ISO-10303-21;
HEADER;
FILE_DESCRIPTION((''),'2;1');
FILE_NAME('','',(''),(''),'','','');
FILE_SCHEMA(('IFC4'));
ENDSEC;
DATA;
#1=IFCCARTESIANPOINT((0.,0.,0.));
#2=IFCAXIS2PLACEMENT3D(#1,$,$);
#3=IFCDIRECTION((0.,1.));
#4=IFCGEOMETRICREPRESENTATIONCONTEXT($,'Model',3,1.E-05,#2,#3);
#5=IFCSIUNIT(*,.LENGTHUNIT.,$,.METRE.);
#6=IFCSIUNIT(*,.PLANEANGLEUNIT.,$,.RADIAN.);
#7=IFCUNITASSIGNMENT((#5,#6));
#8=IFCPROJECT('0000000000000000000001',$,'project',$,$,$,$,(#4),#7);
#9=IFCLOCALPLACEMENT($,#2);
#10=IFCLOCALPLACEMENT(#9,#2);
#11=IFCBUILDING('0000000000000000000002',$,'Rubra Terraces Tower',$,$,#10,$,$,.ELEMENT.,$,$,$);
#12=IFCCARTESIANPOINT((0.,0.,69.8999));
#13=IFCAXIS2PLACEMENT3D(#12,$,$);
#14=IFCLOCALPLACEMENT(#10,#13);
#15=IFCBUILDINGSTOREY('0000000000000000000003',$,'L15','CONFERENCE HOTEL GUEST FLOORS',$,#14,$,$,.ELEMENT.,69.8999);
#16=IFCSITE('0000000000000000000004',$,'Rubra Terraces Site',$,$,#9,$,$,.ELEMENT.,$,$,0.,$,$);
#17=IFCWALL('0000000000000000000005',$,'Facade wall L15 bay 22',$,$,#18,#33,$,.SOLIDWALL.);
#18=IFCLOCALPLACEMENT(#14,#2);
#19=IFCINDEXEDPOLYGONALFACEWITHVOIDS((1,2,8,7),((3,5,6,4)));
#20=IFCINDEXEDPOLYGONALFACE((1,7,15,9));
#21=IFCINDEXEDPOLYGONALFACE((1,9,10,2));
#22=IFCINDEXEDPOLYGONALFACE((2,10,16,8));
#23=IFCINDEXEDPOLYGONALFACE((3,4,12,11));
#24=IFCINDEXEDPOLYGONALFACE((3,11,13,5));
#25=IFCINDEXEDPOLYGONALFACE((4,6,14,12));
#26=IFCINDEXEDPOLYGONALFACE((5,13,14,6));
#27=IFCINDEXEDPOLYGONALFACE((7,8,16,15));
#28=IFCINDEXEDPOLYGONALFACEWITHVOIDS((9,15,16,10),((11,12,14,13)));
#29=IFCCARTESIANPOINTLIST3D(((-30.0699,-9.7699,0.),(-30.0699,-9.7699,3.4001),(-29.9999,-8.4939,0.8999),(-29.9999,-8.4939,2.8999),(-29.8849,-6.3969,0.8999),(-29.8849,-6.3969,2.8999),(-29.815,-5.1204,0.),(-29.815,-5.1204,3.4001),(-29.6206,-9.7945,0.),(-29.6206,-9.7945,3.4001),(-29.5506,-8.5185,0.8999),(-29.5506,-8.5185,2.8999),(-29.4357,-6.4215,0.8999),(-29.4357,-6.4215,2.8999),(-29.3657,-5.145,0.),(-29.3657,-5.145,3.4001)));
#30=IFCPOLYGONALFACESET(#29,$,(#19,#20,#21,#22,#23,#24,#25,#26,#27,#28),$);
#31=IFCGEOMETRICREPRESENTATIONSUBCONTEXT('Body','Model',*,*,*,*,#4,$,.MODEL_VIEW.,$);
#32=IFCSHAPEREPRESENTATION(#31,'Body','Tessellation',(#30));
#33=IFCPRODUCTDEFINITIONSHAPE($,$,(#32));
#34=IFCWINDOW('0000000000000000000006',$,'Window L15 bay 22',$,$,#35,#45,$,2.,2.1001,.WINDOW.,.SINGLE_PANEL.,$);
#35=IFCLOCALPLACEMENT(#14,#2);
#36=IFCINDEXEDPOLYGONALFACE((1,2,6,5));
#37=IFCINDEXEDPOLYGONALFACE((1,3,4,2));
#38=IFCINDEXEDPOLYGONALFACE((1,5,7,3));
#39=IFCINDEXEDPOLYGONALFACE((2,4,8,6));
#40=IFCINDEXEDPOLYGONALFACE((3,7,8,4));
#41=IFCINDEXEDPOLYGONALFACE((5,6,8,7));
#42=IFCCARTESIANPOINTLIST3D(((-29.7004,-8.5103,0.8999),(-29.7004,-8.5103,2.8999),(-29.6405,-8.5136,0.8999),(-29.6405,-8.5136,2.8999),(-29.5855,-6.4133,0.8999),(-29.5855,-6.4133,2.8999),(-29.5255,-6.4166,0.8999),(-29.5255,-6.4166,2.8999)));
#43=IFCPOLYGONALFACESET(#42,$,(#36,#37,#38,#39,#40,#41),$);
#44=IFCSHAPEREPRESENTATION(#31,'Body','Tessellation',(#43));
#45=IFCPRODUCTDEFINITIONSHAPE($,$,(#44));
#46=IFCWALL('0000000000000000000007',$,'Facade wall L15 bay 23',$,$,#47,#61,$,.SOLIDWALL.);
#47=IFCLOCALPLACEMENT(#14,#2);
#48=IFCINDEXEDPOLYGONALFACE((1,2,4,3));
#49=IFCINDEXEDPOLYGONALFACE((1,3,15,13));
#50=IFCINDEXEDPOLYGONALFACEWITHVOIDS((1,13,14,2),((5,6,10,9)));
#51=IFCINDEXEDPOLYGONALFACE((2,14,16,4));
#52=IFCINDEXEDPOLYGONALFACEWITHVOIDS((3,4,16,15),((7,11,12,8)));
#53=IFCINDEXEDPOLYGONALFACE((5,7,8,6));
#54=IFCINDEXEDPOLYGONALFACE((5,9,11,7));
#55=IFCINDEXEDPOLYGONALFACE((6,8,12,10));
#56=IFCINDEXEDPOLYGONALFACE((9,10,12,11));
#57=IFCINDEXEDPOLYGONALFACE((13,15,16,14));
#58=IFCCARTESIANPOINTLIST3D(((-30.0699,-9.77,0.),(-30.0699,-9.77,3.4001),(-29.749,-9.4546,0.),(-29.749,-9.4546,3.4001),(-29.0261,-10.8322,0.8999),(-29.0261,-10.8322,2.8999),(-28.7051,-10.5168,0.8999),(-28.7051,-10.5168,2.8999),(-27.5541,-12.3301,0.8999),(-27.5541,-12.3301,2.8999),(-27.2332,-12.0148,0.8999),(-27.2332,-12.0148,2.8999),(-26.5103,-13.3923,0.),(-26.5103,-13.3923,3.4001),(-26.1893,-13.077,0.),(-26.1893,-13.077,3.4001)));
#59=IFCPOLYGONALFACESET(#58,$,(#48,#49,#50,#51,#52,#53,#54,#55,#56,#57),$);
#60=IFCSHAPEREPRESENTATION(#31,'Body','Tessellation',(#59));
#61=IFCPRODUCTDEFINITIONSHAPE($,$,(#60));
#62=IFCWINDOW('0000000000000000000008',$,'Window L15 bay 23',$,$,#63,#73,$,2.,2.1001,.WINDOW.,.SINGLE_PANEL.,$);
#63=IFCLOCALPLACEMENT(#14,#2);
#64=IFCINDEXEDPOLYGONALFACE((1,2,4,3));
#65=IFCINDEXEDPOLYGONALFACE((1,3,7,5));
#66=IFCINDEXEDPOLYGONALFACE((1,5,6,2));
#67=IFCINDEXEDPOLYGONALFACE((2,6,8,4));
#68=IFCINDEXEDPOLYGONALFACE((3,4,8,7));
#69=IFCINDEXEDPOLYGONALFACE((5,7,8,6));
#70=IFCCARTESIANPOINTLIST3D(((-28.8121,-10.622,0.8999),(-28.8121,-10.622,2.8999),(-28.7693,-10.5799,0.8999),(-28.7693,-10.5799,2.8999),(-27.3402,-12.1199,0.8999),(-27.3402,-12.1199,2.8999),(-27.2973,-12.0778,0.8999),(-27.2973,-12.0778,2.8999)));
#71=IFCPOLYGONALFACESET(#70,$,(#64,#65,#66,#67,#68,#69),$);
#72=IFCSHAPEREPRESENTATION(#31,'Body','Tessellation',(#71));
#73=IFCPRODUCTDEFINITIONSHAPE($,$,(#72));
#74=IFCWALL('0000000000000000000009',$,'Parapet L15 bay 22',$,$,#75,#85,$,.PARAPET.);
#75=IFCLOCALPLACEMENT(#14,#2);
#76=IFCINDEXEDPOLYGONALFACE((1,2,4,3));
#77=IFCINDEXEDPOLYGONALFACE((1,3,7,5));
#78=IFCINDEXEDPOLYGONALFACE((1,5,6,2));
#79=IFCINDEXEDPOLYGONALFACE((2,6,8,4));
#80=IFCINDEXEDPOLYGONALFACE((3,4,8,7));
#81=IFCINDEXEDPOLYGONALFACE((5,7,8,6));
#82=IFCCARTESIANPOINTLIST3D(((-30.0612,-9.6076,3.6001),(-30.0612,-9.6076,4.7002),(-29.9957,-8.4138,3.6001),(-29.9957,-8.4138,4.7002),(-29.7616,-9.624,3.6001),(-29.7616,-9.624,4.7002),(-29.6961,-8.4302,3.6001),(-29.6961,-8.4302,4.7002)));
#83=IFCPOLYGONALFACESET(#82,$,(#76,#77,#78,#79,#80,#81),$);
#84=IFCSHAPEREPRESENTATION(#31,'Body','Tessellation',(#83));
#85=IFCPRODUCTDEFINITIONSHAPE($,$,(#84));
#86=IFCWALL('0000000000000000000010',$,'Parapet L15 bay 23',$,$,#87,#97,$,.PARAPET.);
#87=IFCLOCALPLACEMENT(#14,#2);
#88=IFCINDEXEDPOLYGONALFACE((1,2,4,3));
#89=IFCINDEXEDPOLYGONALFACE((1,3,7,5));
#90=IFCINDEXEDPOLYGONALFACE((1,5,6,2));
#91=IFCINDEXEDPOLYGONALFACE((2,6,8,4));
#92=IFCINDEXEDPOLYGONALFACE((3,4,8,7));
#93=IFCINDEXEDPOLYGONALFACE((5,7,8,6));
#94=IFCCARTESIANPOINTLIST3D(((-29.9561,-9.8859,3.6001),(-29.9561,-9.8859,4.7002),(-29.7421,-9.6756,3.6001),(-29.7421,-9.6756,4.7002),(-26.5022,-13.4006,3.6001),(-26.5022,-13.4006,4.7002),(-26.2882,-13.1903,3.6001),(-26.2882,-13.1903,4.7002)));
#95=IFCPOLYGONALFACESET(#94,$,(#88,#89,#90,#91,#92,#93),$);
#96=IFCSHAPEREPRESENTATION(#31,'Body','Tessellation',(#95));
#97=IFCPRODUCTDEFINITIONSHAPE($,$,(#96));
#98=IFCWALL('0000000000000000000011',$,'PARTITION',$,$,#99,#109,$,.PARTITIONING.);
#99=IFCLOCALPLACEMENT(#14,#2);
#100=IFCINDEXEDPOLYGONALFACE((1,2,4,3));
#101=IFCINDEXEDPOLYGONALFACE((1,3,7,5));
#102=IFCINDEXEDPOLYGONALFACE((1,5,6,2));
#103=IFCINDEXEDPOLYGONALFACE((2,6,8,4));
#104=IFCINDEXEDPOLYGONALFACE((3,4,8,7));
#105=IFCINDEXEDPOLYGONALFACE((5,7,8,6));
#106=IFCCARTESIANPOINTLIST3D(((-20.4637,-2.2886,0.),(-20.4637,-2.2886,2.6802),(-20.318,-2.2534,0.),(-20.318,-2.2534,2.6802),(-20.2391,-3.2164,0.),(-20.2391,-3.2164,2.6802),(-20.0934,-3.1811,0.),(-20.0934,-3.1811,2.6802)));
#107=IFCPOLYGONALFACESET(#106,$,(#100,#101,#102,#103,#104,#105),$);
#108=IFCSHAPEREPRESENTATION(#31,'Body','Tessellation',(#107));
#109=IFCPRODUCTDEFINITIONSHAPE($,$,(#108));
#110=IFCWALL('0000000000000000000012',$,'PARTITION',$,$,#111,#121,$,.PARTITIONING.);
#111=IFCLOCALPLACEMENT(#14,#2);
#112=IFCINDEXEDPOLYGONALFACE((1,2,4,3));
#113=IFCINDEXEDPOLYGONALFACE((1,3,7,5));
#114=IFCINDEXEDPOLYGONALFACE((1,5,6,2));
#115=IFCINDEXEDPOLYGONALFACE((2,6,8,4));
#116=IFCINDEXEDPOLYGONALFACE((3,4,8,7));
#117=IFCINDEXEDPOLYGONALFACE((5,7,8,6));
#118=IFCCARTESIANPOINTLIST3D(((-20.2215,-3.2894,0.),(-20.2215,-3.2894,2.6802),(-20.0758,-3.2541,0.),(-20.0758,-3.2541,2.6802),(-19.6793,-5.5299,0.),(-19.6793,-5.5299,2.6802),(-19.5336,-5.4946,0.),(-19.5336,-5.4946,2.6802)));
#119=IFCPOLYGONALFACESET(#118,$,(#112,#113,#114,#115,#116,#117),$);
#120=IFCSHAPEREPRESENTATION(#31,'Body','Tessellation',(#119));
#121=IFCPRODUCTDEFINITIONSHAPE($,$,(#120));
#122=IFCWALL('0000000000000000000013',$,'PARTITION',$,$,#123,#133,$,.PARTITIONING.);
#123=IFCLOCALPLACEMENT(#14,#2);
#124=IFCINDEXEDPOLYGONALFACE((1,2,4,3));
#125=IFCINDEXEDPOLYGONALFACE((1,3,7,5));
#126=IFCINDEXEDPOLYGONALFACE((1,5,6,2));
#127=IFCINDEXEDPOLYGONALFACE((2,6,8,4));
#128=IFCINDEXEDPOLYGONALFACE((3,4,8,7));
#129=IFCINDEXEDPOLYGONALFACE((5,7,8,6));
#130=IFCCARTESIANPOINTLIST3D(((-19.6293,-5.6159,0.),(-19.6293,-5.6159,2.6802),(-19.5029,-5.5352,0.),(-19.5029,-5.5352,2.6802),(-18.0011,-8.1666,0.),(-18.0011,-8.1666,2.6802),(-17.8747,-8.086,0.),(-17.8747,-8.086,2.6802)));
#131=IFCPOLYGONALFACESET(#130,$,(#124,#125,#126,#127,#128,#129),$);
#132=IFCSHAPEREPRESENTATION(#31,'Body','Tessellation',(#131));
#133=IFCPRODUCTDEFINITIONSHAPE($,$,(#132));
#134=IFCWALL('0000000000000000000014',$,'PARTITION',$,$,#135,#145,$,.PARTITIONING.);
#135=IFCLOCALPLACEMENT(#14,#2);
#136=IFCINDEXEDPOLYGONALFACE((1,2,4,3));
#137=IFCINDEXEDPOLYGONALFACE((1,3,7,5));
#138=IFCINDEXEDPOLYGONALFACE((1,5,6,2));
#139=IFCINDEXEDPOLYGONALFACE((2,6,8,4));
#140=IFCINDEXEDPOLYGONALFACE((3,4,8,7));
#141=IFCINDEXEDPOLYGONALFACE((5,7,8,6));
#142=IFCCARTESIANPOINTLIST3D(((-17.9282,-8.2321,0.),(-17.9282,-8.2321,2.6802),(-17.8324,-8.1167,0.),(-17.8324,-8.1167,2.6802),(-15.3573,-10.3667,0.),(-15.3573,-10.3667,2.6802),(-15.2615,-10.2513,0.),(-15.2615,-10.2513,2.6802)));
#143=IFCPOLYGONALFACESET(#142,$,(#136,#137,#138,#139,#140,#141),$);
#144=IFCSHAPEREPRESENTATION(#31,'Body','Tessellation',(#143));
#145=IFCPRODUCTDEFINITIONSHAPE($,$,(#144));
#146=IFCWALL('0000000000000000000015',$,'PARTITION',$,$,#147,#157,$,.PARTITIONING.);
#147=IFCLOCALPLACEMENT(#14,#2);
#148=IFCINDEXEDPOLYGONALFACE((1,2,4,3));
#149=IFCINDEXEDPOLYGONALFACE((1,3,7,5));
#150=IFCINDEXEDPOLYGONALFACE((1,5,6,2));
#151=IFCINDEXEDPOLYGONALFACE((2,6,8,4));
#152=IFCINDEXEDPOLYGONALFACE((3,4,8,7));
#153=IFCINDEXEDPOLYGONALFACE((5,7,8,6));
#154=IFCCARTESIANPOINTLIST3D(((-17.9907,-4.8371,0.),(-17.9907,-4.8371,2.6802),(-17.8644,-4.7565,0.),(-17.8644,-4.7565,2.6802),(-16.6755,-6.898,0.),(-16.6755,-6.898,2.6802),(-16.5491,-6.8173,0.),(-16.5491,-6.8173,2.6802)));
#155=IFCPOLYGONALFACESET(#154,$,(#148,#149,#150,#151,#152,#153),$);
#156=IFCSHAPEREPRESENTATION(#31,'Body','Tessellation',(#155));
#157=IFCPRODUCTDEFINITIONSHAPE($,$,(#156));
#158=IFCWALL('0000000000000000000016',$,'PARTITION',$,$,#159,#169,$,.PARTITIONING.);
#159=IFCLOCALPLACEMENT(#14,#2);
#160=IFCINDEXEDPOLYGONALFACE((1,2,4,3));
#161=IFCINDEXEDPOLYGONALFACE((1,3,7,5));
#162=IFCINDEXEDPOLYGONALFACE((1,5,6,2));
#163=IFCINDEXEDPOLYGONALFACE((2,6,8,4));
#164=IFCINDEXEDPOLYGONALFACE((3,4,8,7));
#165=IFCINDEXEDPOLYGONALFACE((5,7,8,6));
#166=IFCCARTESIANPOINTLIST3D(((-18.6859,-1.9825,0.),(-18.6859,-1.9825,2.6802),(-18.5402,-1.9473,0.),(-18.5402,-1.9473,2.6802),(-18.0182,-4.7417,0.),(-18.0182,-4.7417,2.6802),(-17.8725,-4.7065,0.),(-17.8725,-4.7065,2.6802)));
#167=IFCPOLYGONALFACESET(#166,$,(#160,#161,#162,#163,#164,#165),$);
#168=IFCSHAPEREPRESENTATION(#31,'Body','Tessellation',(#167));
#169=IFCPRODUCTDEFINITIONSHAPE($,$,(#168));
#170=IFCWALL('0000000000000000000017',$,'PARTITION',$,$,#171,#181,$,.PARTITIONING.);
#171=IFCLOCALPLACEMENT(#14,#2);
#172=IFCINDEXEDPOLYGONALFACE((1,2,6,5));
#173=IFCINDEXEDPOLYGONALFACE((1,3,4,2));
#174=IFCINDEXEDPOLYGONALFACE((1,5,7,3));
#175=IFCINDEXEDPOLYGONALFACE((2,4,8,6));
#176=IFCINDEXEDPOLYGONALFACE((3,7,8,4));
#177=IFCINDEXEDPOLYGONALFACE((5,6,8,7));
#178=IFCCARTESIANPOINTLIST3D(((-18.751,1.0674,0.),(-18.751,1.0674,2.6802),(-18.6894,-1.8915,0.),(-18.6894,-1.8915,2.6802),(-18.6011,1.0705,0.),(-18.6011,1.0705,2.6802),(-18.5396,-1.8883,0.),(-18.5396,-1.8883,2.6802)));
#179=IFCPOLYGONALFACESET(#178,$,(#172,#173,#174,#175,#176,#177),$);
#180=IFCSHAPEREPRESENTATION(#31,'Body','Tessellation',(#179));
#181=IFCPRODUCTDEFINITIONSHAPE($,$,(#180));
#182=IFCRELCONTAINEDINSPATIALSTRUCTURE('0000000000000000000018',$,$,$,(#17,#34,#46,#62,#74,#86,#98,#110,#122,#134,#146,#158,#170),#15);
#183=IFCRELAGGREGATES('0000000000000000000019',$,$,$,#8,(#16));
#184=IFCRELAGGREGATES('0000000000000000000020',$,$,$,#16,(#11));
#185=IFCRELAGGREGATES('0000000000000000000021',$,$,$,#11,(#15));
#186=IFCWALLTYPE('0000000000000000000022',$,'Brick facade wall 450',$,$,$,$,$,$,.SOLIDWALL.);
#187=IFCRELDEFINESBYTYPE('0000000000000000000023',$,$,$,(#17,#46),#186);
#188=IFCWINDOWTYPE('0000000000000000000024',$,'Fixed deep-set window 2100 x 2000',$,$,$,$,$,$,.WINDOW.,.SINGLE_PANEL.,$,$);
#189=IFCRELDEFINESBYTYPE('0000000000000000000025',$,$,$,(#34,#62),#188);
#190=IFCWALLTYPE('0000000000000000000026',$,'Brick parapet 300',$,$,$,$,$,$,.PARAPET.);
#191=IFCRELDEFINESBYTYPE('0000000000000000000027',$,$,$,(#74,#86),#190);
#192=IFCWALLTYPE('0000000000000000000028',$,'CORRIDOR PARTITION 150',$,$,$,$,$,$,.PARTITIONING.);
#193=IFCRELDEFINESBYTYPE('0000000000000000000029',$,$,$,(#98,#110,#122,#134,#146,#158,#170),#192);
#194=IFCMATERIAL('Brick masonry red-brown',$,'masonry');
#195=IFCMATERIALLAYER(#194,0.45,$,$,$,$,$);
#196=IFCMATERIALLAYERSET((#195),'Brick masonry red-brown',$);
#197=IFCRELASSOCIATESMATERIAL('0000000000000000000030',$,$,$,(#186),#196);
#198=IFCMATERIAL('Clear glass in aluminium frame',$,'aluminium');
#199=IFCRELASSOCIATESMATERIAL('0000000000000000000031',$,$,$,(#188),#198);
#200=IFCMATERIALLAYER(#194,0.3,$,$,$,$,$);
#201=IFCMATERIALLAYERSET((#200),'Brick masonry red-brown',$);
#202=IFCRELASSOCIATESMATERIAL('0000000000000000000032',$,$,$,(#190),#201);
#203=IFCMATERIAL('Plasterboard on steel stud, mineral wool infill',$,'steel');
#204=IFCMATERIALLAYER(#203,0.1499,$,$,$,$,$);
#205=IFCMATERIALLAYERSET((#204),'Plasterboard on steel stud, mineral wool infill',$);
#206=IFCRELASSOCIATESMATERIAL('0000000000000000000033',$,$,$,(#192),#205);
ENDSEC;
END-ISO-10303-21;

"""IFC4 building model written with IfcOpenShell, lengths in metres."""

from ifc_helpers import new_model, si_unit, direction, frame, frame_2d, origin, place, context, subcontext, project, spatial, rectangle, extrude, material, layer, layer_set, type_object, element, fill, save


model = new_model("IFC4")

# Units and contexts
model_context = context("Model", 3, precision=1e-05, world=origin(), true_north=direction((0.0, 1.0)))
body_context = subcontext(model_context, "Body", "Model", "MODEL_VIEW")
ifc_project = project(units=[si_unit("LENGTHUNIT", "METRE"), si_unit("PLANEANGLEUNIT", "RADIAN")], contexts=[model_context])

# Site, building, storey
site_placement = place(None, origin())
site = spatial("IfcSite", under=ifc_project, at=site_placement, Name="Rubra Terraces Site", CompositionType="ELEMENT", RefElevation=0.0)
building_placement = place(site_placement, origin())
building = spatial("IfcBuilding", under=site, at=building_placement, Name="Rubra Terraces Tower", CompositionType="ELEMENT")
storey_placement = place(building_placement, frame((0.0, 0.0, 69.8999)))
storey = spatial("IfcBuildingStorey", under=building, at=storey_placement, Name="L15", Description="CONFERENCE HOTEL GUEST FLOORS", CompositionType="ELEMENT", Elevation=69.8999)

# Walls, openings, windows
ifc_material_1 = material(Name="Brick masonry red-brown", Category="masonry")
ifc_layer_1 = layer(ifc_material_1, 0.45)
ifc_layer_set_1 = layer_set([ifc_layer_1], Name="Brick masonry red-brown")
wall_type_1 = type_object("IfcWallType", Name="Brick facade wall 450", PredefinedType="SOLIDWALL", material=ifc_layer_set_1)
ifc_material_2 = material(Name="Clear glass in aluminium frame", Category="aluminium")
wall_1_placement = place(storey_placement, frame((-29.5903, -5.1328, 0.0), z_axis=(0.0, 0.0, 1.0), x_axis=(-0.054738, -0.998501, 0.0)))
wall_1 = element("IfcWall", 1, at=wall_1_placement, inside=storey, type_object=wall_type_1, Name="Facade wall L15 bay 22", PredefinedType="SOLIDWALL", context=body_context, shape_type="SweptSolid", body=[
    extrude(rectangle(XDim=4.6565, YDim=0.45, at=frame_2d((2.3281, 0.0))), origin(), (0.0, 0.0, 1.0), 3.4001),
])
opening_1_placement = place(wall_1_placement, frame((1.2783, 0.0, 0.8999)))
opening_1 = element("IfcOpeningElement", 2, at=opening_1_placement, cuts=wall_1, PredefinedType="OPENING", context=body_context, shape_type="SweptSolid", body=[
    extrude(rectangle(XDim=2.1001, YDim=2.0, at=frame_2d((1.05, 1.0))), frame((0.0, 0.2349, 0.0), z_axis=(0.0, -1.0, 0.0), x_axis=(1.0, 0.0, 0.0)), (0.0, 0.0, 1.0), 0.47),
])
window_type_1 = type_object("IfcWindowType", Name="Fixed deep-set window 2100 x 2000", PartitioningType="SINGLE_PANEL", PredefinedType="WINDOW", material=ifc_material_2)
window_1_placement = place(opening_1_placement, origin())
window_1 = element("IfcWindow", 3, at=window_1_placement, inside=storey, type_object=window_type_1, Name="Window L15 bay 22", OverallHeight=2.0, OverallWidth=2.1001, PartitioningType="SINGLE_PANEL", PredefinedType="WINDOW", context=body_context, shape_type="SweptSolid", body=[
    extrude(rectangle(XDim=2.1001, YDim=2.0, at=frame_2d((1.05, 1.0))), frame((0.0, 0.135, 0.0), z_axis=(0.0, -1.0, 0.0), x_axis=(1.0, 0.0, 0.0)), (0.0, 0.0, 1.0), 0.0601),
])
fill(opening_1, window_1)
wall_2_placement = place(storey_placement, frame((-29.9094, -9.6123, 0.0), z_axis=(0.0, 0.0, 1.0), x_axis=(0.700902, -0.713257, 0.0)))
wall_2 = element("IfcWall", 4, at=wall_2_placement, inside=storey, type_object=wall_type_1, Name="Facade wall L15 bay 23", PredefinedType="SOLIDWALL", context=body_context, shape_type="SweptSolid", body=[
    extrude(rectangle(XDim=5.0786, YDim=0.45, at=frame_2d((2.5393, 0.0))), origin(), (0.0, 0.0, 1.0), 3.4001),
])
opening_2_placement = place(wall_2_placement, frame((1.4893, 0.0, 0.8999)))
opening_2 = element("IfcOpeningElement", 5, at=opening_2_placement, cuts=wall_2, PredefinedType="OPENING", context=body_context, shape_type="SweptSolid", body=[
    extrude(rectangle(XDim=2.1001, YDim=2.0, at=frame_2d((1.05, 1.0))), frame((0.0, 0.2349, 0.0), z_axis=(0.0, -1.0, 0.0), x_axis=(1.0, 0.0, 0.0)), (0.0, 0.0, 1.0), 0.47),
])
window_2_placement = place(opening_2_placement, origin())
window_2 = element("IfcWindow", 6, at=window_2_placement, inside=storey, type_object=window_type_1, Name="Window L15 bay 23", OverallHeight=2.0, OverallWidth=2.1001, PartitioningType="SINGLE_PANEL", PredefinedType="WINDOW", context=body_context, shape_type="SweptSolid", body=[
    extrude(rectangle(XDim=2.1001, YDim=2.0, at=frame_2d((1.05, 1.0))), frame((0.0, 0.135, 0.0), z_axis=(0.0, -1.0, 0.0), x_axis=(1.0, 0.0, 0.0)), (0.0, 0.0, 1.0), 0.0601),
])
fill(opening_2, window_2)

# Walls
ifc_layer_2 = layer(ifc_material_1, 0.3)
ifc_layer_set_2 = layer_set([ifc_layer_2], Name="Brick masonry red-brown")
wall_type_2 = type_object("IfcWallType", Name="Brick parapet 300", PredefinedType="PARAPET", material=ifc_layer_set_2)
wall_3_placement = place(storey_placement, frame((-29.8459, -8.4221, 3.6001), z_axis=(0.0, 0.0, 1.0), x_axis=(-0.054724, -0.998502, 0.0)))
element("IfcWall", 7, at=wall_3_placement, inside=storey, type_object=wall_type_2, Name="Parapet L15 bay 22", PredefinedType="PARAPET", context=body_context, shape_type="SweptSolid", body=[
    extrude(rectangle(XDim=1.1956, YDim=0.3, at=frame_2d((0.5977, 0.0))), origin(), (0.0, 0.0, 1.0), 1.1001),
])
wall_4_placement = place(storey_placement, frame((-29.8491, -9.7808, 3.6001), z_axis=(0.0, 0.0, 1.0), x_axis=(0.700912, -0.713248, 0.0)))
element("IfcWall", 8, at=wall_4_placement, inside=storey, type_object=wall_type_2, Name="Parapet L15 bay 23", PredefinedType="PARAPET", context=body_context, shape_type="SweptSolid", body=[
    extrude(rectangle(XDim=4.9277, YDim=0.3, at=frame_2d((2.4639, 0.0))), origin(), (0.0, 0.0, 1.0), 1.1001),
])
ifc_material_3 = material(Name="Plasterboard on steel stud, mineral wool infill", Category="steel")
ifc_layer_3 = layer(ifc_material_3, 0.1499)
ifc_layer_set_3 = layer_set([ifc_layer_3], Name="Plasterboard on steel stud, mineral wool infill")
wall_type_3 = type_object("IfcWallType", Name="CORRIDOR PARTITION 150", PredefinedType="PARTITIONING", material=ifc_layer_set_3)
wall_5_placement = place(storey_placement, frame((-20.3909, -2.271, 0.0), z_axis=(0.0, 0.0, 1.0), x_axis=(0.235307, -0.971921, 0.0)))
element("IfcWall", 9, at=wall_5_placement, inside=storey, type_object=wall_type_3, Name="PARTITION", PredefinedType="PARTITIONING", context=body_context, shape_type="SweptSolid", body=[
    extrude(rectangle(XDim=0.9546, YDim=0.1499, at=frame_2d((0.4773, 0.0))), origin(), (0.0, 0.0, 1.0), 2.6802),
])
wall_6_placement = place(storey_placement, frame((-20.1487, -3.2717, 0.0), z_axis=(0.0, 0.0, 1.0), x_axis=(0.235227, -0.97194, 0.0)))
element("IfcWall", 10, at=wall_6_placement, inside=storey, type_object=wall_type_3, Name="PARTITION", PredefinedType="PARTITIONING", context=body_context, shape_type="SweptSolid", body=[
    extrude(rectangle(XDim=2.3052, YDim=0.1499, at=frame_2d((1.1526, 0.0))), origin(), (0.0, 0.0, 1.0), 2.6802),
])
wall_7_placement = place(storey_placement, frame((-19.5662, -5.5754, 0.0), z_axis=(0.0, 0.0, 1.0), x_axis=(0.538039, -0.84292, 0.0)))
element("IfcWall", 11, at=wall_7_placement, inside=storey, type_object=wall_type_3, Name="PARTITION", PredefinedType="PARTITIONING", context=body_context, shape_type="SweptSolid", body=[
    extrude(rectangle(XDim=3.0261, YDim=0.1499, at=frame_2d((1.5132, 0.0))), origin(), (0.0, 0.0, 1.0), 2.6802),
])
wall_8_placement = place(storey_placement, frame((-17.8804, -8.1743, 0.0), z_axis=(0.0, 0.0, 1.0), x_axis=(0.76937, -0.638804, 0.0)))
element("IfcWall", 12, at=wall_8_placement, inside=storey, type_object=wall_type_3, Name="PARTITION", PredefinedType="PARTITIONING", context=body_context, shape_type="SweptSolid", body=[
    extrude(rectangle(XDim=3.3416, YDim=0.1499, at=frame_2d((1.6709, 0.0))), origin(), (0.0, 0.0, 1.0), 2.6802),
])
wall_9_placement = place(storey_placement, frame((-16.6123, -6.8577, 0.0), z_axis=(0.0, 0.0, 1.0), x_axis=(-0.537974, 0.842962, 0.0)))
element("IfcWall", 13, at=wall_9_placement, inside=storey, type_object=wall_type_3, Name="PARTITION", PredefinedType="PARTITIONING", context=body_context, shape_type="SweptSolid", body=[
    extrude(rectangle(XDim=2.4448, YDim=0.1499, at=frame_2d((1.2224, 0.0))), origin(), (0.0, 0.0, 1.0), 2.6802),
])
wall_10_placement = place(storey_placement, frame((-17.9453, -4.7241, 0.0), z_axis=(0.0, 0.0, 1.0), x_axis=(-0.235204, 0.971946, 0.0)))
element("IfcWall", 14, at=wall_10_placement, inside=storey, type_object=wall_type_3, Name="PARTITION", PredefinedType="PARTITIONING", context=body_context, shape_type="SweptSolid", body=[
    extrude(rectangle(XDim=2.8389, YDim=0.1499, at=frame_2d((1.4194, 0.0))), origin(), (0.0, 0.0, 1.0), 2.6802),
])
wall_11_placement = place(storey_placement, frame((-18.6145, -1.8899, 0.0), z_axis=(0.0, 0.0, 1.0), x_axis=(-0.020789, 0.999784, 0.0)))
element("IfcWall", 15, at=wall_11_placement, inside=storey, type_object=wall_type_3, Name="PARTITION", PredefinedType="PARTITIONING", context=body_context, shape_type="SweptSolid", body=[
    extrude(rectangle(XDim=2.9595, YDim=0.1499, at=frame_2d((1.4797, 0.0))), origin(), (0.0, 0.0, 1.0), 2.6802),
])

save(model, "model.ifc")
